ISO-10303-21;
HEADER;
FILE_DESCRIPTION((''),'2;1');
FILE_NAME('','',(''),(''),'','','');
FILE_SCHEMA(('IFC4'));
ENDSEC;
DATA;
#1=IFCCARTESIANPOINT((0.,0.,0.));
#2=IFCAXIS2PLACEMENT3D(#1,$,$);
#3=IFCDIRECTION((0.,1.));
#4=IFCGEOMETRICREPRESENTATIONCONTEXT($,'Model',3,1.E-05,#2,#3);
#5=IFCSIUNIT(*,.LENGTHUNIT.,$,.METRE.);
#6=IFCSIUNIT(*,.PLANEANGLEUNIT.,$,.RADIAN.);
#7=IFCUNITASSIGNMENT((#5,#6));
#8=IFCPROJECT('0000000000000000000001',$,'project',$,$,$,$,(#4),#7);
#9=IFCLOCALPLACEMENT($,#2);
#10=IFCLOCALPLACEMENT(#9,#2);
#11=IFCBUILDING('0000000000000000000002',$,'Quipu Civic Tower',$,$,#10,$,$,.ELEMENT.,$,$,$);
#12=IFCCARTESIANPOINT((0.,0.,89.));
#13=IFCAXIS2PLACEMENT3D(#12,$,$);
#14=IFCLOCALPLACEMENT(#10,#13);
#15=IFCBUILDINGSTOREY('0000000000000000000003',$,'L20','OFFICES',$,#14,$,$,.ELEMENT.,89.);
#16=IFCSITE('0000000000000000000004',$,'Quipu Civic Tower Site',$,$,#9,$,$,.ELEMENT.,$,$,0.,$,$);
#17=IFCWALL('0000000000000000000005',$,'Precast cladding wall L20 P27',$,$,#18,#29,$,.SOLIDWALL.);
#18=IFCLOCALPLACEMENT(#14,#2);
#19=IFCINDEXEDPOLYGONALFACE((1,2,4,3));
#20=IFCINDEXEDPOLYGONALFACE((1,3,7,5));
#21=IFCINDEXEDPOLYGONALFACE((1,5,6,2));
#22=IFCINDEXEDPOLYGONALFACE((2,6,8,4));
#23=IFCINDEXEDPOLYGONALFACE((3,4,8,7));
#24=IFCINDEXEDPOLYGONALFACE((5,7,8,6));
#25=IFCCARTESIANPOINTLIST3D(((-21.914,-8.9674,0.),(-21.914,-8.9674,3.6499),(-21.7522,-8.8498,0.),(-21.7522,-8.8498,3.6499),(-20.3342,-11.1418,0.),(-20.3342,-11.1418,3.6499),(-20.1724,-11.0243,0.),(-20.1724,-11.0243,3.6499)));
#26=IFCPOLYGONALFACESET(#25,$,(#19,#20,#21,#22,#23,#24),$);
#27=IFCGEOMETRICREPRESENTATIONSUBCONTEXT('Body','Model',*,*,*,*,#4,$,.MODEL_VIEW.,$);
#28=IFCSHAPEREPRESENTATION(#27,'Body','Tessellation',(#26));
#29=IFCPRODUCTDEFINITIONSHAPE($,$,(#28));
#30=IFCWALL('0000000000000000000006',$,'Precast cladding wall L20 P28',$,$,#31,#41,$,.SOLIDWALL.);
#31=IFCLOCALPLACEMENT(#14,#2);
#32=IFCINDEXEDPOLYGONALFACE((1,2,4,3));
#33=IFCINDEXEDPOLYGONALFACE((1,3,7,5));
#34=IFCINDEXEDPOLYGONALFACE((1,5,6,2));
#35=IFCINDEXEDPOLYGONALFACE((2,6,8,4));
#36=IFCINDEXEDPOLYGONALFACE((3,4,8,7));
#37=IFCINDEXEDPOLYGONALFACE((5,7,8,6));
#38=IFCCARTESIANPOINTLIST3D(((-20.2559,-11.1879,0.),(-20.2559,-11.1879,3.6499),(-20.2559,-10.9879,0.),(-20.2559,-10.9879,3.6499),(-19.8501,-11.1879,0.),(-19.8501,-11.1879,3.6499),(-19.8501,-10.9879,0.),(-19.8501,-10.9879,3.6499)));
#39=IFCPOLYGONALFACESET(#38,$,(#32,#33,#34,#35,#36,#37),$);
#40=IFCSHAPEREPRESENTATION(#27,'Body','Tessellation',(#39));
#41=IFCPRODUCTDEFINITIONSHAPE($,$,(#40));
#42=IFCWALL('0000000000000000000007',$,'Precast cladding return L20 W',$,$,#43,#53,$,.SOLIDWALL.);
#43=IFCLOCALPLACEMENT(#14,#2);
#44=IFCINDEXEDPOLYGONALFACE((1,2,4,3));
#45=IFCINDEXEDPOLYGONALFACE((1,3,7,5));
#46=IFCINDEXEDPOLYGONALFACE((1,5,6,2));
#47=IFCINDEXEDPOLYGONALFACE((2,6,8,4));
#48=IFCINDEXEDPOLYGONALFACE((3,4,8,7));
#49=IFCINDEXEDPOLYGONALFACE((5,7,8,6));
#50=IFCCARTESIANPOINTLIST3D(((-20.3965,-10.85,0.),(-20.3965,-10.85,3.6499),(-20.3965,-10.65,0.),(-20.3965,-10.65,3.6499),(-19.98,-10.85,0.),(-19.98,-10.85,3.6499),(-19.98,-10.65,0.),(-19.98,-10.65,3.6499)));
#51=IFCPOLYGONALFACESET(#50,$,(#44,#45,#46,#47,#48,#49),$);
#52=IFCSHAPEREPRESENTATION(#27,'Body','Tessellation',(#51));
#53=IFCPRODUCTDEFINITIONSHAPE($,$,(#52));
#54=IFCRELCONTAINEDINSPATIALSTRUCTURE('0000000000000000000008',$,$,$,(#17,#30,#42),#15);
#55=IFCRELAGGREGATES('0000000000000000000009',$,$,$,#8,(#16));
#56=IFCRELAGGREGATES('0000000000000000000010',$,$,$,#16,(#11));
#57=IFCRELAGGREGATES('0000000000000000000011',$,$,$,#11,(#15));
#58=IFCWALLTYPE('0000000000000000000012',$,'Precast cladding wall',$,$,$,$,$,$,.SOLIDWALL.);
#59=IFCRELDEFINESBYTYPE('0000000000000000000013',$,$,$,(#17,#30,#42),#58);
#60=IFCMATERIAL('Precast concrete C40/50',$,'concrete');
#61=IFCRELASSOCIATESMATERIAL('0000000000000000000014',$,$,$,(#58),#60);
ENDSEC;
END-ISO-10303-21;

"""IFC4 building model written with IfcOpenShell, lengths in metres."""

from ifc_helpers import new_model, si_unit, direction, frame, frame_2d, origin, place, context, subcontext, project, spatial, rectangle, extrude, material, type_object, element, save


model = new_model("IFC4")

# Units and contexts
model_context = context("Model", 3, precision=1e-05, world=origin(), true_north=direction((0.0, 1.0)))
body_context = subcontext(model_context, "Body", "Model", "MODEL_VIEW")
ifc_project = project(units=[si_unit("LENGTHUNIT", "METRE"), si_unit("PLANEANGLEUNIT", "RADIAN")], contexts=[model_context])

# Site, building, storey
site_placement = place(None, origin())
site = spatial("IfcSite", under=ifc_project, at=site_placement, Name="Quipu Civic Tower Site", CompositionType="ELEMENT", RefElevation=0.0)
building_placement = place(site_placement, origin())
building = spatial("IfcBuilding", under=site, at=building_placement, Name="Quipu Civic Tower", CompositionType="ELEMENT")
storey_placement = place(building_placement, frame((0.0, 0.0, 89.0)))
storey = spatial("IfcBuildingStorey", under=building, at=storey_placement, Name="L20", Description="OFFICES", CompositionType="ELEMENT", Elevation=89.0)

# Walls
ifc_material_1 = material(Name="Precast concrete C40/50", Category="concrete")
wall_type_1 = type_object("IfcWallType", Name="Precast cladding wall", PredefinedType="SOLIDWALL", material=ifc_material_1)
wall_1_placement = place(storey_placement, frame((-21.833, -8.9087, 0.0), z_axis=(0.0, 0.0, 1.0), x_axis=(0.587767, -0.809031, 0.0)))
element("IfcWall", 1, at=wall_1_placement, inside=storey, type_object=wall_type_1, Name="Precast cladding wall L20 P27", PredefinedType="SOLIDWALL", context=body_context, shape_type="SweptSolid", body=[
    extrude(rectangle(XDim=2.6877, YDim=0.2, at=frame_2d((1.3438, 0.0))), origin(), (0.0, 0.0, 1.0), 3.6499),
])
wall_2_placement = place(storey_placement, frame((-20.2559, -11.0879, 0.0), z_axis=(0.0, 0.0, 1.0), x_axis=(1.0, 0.0, 0.0)))
element("IfcWall", 2, at=wall_2_placement, inside=storey, type_object=wall_type_1, Name="Precast cladding wall L20 P28", PredefinedType="SOLIDWALL", context=body_context, shape_type="SweptSolid", body=[
    extrude(rectangle(XDim=0.4058, YDim=0.2, at=frame_2d((0.2029, 0.0))), origin(), (0.0, 0.0, 1.0), 3.6499),
])
wall_3_placement = place(storey_placement, frame((-19.98, -10.75, 0.0), z_axis=(0.0, 0.0, 1.0), x_axis=(-1.0, 0.0, 0.0)))
element("IfcWall", 3, at=wall_3_placement, inside=storey, type_object=wall_type_1, Name="Precast cladding return L20 W", PredefinedType="SOLIDWALL", context=body_context, shape_type="SweptSolid", body=[
    extrude(rectangle(XDim=0.4165, YDim=0.2, at=frame_2d((0.2083, 0.0))), origin(), (0.0, 0.0, 1.0), 3.6499),
])

save(model, "model.ifc")
